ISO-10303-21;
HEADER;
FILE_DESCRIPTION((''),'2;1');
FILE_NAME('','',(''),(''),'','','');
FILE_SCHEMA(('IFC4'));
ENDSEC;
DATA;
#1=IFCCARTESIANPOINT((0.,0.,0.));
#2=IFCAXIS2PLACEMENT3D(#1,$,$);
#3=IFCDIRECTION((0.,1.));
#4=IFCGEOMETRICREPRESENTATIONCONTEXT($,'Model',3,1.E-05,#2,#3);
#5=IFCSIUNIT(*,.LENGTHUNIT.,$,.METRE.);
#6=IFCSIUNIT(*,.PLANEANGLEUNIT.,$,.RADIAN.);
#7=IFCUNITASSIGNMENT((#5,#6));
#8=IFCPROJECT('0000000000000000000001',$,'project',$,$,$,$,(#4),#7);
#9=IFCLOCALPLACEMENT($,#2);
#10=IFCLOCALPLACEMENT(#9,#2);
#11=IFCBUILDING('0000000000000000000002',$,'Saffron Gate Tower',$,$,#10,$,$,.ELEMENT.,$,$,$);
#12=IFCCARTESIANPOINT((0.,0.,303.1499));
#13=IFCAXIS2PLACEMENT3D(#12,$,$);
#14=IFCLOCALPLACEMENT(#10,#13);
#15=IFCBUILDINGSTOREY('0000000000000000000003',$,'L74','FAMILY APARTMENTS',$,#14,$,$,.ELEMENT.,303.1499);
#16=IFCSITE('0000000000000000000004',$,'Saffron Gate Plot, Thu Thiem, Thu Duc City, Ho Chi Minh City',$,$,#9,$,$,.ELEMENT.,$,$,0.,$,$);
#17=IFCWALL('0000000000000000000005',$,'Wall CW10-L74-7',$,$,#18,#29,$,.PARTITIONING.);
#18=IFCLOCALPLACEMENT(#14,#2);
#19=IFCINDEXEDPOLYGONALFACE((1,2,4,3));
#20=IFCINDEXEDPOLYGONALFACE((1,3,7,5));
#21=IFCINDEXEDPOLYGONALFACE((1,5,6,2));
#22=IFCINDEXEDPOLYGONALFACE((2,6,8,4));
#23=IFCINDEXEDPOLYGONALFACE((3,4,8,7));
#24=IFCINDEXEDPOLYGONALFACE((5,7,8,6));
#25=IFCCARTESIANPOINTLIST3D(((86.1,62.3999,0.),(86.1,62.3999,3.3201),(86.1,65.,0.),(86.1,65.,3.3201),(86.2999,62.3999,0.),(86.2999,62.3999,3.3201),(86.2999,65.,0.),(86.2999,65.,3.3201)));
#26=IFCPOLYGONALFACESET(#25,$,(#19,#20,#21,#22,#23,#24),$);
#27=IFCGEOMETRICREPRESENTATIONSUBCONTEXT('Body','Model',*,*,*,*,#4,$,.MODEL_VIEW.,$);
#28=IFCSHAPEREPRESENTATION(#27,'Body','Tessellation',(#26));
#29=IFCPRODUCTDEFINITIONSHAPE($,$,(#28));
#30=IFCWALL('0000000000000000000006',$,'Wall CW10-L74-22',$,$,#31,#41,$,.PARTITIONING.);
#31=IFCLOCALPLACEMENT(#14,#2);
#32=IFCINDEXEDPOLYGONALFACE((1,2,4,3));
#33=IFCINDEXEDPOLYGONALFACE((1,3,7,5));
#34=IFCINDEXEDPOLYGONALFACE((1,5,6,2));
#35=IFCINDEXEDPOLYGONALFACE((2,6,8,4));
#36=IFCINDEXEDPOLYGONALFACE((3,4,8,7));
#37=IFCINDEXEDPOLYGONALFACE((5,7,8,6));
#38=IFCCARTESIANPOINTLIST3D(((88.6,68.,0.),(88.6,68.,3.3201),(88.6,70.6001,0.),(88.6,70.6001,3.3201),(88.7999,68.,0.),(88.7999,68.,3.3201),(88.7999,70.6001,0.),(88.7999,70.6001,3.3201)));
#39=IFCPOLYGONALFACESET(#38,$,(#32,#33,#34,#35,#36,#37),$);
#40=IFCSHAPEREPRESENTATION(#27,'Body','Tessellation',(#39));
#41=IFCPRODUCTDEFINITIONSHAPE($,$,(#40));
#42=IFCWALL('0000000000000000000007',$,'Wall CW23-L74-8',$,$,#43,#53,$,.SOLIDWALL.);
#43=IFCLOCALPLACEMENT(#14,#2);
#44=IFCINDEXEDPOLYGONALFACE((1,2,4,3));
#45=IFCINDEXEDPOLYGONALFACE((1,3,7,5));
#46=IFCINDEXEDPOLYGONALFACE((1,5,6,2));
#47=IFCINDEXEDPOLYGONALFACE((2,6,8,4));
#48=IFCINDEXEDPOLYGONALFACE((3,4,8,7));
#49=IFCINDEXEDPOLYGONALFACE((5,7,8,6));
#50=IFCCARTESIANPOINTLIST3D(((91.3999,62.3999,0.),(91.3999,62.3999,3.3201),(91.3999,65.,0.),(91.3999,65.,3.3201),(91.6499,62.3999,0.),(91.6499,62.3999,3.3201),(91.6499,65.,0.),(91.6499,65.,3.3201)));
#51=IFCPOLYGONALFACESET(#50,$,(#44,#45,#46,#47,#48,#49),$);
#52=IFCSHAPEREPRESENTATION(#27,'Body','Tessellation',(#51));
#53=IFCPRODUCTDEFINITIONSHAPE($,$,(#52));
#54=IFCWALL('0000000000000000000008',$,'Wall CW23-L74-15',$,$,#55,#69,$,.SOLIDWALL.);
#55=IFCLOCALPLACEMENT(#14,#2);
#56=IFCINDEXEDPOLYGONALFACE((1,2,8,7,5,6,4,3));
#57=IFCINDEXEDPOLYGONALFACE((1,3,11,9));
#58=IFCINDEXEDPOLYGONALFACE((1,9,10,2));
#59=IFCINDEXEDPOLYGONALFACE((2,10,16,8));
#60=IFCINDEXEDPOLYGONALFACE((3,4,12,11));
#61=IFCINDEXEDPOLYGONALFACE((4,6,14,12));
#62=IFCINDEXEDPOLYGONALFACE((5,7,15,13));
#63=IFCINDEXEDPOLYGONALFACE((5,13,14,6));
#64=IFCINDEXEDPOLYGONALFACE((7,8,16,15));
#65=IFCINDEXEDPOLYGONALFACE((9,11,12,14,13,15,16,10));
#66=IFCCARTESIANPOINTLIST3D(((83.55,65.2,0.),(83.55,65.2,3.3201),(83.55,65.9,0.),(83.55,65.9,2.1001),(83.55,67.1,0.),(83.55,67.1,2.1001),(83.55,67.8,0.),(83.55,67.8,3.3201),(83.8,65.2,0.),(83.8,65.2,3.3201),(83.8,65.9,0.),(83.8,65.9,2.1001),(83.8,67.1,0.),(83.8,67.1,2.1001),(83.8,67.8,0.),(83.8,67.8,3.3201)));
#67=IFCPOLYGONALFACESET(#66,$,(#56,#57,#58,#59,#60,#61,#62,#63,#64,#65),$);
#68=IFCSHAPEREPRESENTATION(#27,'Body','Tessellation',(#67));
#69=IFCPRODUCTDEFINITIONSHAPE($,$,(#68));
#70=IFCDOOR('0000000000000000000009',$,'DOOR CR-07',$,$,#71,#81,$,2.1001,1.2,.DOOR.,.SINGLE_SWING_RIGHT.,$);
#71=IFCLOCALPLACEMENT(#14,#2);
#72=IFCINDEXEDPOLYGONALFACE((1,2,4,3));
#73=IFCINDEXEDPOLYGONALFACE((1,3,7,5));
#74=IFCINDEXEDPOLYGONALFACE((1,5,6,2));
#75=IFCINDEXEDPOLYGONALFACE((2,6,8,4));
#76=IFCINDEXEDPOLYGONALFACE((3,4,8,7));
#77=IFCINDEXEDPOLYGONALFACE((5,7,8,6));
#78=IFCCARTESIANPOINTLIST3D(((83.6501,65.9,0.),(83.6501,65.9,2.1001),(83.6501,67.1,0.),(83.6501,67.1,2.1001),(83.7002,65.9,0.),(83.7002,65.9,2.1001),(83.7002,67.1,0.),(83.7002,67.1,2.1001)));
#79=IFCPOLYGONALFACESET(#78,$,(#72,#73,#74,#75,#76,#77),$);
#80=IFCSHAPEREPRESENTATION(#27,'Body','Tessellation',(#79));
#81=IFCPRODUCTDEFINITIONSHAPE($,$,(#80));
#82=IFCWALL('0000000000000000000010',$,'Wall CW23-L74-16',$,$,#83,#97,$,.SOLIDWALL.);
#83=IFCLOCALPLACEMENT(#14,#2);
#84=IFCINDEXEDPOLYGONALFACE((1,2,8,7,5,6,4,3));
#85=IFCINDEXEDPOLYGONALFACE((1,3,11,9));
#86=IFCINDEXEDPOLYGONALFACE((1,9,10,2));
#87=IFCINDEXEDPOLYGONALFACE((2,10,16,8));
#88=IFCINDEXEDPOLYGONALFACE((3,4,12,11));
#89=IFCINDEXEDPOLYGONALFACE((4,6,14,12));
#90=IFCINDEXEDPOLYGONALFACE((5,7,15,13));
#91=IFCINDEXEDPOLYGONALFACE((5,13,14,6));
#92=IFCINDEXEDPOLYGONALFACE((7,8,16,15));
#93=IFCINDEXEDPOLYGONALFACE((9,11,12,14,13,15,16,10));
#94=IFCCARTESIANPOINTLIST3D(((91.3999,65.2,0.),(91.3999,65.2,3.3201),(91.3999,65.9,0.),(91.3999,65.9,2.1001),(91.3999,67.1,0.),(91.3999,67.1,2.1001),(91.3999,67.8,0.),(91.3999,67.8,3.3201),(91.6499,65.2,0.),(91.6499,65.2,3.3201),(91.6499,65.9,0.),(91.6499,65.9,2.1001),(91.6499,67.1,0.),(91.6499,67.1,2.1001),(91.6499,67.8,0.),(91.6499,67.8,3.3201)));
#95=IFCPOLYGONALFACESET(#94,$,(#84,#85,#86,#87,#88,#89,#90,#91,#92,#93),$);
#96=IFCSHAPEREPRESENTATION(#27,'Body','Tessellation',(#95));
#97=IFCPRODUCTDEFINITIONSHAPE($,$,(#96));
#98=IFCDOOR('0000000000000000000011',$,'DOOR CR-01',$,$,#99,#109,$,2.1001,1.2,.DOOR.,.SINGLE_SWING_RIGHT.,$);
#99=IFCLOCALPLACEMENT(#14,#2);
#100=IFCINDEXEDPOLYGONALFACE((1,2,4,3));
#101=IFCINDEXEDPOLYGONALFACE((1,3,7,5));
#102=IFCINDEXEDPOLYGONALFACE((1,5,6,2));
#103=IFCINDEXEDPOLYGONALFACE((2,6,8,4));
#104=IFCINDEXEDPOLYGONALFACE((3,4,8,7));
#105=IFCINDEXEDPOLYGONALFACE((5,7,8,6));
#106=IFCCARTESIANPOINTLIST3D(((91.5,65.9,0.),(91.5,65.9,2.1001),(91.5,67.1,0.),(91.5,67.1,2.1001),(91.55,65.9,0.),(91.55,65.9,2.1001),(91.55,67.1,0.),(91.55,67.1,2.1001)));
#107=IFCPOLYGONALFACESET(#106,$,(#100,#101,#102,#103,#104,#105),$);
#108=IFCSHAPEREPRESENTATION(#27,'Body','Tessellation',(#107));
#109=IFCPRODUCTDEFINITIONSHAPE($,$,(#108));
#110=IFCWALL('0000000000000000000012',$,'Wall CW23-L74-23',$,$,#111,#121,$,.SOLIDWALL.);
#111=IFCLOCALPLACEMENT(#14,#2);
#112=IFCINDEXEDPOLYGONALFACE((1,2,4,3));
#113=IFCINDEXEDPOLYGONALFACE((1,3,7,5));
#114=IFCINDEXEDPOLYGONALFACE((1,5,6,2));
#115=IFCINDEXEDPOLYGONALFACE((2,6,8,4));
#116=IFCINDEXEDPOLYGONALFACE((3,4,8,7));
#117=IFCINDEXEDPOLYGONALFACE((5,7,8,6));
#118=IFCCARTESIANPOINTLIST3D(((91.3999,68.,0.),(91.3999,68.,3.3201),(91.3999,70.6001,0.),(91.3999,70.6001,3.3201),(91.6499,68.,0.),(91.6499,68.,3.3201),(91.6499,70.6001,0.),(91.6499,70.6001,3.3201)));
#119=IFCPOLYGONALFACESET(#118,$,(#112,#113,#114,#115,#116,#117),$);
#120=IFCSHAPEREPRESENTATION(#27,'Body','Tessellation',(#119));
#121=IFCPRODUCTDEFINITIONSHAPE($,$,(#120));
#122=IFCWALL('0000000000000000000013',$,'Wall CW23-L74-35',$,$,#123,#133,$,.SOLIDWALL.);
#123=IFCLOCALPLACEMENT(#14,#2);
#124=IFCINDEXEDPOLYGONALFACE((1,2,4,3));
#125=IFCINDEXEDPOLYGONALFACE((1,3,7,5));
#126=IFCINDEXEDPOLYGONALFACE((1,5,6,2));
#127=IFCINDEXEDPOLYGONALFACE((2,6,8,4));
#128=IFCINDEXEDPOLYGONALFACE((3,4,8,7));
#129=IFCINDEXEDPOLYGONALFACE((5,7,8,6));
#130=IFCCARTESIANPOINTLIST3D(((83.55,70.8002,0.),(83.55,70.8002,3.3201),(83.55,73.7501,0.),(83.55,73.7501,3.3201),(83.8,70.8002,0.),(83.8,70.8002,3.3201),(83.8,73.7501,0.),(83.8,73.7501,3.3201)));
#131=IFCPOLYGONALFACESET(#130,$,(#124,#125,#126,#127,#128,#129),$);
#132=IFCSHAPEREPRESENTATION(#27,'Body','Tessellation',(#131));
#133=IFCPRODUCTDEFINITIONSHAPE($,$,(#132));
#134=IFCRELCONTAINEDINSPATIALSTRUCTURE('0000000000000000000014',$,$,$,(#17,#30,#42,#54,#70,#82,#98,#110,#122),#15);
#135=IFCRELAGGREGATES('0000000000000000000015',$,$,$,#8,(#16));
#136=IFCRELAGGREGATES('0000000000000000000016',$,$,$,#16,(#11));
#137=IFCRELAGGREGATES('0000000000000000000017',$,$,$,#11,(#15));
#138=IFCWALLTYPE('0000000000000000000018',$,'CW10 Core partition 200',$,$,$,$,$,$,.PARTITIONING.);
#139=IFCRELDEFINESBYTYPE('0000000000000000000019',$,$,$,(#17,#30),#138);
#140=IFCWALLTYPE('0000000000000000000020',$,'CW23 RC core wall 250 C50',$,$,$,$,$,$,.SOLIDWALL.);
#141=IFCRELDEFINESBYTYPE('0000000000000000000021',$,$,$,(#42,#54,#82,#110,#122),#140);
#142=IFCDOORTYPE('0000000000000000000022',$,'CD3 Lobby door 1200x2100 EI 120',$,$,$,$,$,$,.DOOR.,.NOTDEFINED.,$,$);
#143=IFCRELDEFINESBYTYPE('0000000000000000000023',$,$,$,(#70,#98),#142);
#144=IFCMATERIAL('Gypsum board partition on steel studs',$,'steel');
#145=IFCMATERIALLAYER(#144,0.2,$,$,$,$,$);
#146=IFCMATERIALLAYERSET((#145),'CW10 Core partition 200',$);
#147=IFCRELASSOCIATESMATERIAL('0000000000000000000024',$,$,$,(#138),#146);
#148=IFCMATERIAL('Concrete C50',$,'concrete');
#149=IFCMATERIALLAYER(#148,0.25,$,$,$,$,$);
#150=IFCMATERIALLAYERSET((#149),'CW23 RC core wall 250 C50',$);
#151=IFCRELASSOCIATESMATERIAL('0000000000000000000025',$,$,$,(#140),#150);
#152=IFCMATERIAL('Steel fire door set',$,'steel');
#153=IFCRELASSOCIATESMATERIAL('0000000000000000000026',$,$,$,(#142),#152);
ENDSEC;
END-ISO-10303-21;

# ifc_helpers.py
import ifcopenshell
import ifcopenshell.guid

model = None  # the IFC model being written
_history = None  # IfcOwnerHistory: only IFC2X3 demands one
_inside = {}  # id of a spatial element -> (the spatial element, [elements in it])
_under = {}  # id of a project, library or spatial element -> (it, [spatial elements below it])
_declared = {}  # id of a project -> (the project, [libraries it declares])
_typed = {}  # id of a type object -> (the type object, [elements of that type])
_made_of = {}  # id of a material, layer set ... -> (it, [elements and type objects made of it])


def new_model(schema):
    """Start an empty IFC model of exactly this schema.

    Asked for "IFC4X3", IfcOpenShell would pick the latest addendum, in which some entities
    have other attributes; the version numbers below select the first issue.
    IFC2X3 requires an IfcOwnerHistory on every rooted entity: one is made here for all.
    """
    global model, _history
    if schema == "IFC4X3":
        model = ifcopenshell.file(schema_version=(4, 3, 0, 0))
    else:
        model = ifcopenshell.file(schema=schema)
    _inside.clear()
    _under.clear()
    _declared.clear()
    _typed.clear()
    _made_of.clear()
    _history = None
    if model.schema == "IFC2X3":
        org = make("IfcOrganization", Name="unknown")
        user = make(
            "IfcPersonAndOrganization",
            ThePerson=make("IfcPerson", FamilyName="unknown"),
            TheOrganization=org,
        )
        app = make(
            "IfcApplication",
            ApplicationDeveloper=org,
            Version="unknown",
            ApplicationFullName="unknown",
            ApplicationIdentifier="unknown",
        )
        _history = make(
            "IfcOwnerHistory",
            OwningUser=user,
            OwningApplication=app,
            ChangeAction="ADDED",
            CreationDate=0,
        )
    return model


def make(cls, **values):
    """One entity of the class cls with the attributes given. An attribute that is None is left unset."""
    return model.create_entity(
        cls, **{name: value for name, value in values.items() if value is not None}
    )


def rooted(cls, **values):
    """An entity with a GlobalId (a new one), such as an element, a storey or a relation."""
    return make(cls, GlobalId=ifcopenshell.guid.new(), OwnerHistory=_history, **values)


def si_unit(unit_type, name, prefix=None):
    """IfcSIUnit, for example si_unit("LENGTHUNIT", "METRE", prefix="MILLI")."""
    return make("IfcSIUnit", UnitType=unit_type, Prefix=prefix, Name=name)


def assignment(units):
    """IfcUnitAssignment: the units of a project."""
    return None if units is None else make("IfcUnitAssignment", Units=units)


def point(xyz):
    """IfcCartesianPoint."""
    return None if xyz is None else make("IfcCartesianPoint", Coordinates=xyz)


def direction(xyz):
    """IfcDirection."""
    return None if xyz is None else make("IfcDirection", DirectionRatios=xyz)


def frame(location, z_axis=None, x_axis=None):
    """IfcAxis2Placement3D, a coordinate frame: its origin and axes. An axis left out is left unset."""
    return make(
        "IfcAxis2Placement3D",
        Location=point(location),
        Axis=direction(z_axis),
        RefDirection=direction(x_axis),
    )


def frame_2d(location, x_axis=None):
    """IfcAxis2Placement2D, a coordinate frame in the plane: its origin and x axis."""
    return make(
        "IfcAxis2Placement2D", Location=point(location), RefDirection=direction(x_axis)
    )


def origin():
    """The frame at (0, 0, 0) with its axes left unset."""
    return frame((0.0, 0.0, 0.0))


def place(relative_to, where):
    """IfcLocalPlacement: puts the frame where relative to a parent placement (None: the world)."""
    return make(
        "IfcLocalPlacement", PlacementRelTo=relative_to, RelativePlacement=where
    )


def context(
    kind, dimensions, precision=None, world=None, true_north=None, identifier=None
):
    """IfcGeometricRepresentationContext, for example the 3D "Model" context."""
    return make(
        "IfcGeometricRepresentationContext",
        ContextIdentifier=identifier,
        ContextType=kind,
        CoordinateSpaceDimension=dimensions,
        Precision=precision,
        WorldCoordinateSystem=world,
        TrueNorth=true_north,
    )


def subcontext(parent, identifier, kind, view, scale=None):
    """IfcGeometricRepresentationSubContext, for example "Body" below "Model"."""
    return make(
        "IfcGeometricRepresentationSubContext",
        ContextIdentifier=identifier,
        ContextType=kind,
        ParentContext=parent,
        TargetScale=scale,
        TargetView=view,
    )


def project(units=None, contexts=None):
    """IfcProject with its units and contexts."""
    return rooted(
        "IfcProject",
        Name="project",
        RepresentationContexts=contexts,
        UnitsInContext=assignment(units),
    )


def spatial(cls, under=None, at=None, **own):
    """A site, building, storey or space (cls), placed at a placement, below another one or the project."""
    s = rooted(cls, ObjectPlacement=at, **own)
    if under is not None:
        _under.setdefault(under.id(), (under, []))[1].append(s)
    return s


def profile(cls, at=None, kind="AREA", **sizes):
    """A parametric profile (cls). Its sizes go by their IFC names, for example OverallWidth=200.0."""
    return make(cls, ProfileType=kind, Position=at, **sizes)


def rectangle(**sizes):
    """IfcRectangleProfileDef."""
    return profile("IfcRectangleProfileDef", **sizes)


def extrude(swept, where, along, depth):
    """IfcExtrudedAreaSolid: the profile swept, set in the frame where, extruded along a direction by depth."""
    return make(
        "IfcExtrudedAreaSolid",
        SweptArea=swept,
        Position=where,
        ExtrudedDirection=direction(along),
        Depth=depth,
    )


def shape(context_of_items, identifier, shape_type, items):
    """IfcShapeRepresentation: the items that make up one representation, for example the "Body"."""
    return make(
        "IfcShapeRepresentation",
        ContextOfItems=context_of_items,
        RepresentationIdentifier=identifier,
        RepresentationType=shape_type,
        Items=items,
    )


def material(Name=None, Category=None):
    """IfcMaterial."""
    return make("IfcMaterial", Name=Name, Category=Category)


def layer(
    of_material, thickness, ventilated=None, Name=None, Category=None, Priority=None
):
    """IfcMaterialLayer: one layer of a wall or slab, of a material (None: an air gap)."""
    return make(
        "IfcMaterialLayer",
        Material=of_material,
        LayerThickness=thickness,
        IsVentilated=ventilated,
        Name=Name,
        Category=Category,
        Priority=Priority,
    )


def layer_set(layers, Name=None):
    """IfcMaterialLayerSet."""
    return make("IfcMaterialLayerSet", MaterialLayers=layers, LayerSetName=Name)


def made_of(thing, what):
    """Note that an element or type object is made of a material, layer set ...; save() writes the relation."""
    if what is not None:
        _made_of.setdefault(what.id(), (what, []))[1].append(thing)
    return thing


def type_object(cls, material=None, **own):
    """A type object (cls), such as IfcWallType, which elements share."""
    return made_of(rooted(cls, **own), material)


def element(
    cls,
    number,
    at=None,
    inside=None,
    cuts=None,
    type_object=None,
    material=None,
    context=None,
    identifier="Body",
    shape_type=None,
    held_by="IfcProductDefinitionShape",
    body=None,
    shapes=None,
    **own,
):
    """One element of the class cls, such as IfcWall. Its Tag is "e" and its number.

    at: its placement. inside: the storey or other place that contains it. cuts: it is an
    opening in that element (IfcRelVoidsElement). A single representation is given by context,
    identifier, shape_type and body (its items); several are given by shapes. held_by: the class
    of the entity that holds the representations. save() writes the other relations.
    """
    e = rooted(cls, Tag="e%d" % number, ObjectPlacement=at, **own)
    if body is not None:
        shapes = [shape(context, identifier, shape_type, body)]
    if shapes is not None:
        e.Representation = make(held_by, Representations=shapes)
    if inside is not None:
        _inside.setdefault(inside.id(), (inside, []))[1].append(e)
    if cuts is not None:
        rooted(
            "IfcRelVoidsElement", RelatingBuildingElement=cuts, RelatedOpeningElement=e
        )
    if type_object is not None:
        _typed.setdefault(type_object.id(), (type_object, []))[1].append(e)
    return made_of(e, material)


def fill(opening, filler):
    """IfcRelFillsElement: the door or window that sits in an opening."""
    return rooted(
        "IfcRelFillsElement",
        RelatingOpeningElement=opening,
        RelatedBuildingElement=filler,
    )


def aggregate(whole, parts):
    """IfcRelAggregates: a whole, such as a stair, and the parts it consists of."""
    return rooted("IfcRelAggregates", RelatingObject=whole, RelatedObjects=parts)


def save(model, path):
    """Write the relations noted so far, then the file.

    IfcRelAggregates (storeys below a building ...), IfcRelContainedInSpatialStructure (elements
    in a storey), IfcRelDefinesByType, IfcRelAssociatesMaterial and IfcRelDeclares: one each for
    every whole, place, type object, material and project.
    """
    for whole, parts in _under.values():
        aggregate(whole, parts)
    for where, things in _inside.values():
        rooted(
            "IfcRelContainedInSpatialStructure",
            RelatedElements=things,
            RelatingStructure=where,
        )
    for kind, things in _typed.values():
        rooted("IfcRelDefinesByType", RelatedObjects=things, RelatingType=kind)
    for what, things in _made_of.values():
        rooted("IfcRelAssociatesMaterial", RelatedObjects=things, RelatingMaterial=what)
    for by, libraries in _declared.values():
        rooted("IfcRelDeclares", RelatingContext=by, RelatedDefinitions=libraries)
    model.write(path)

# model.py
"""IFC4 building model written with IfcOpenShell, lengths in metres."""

from ifc_helpers import new_model, si_unit, direction, frame, frame_2d, origin, place, context, subcontext, project, spatial, rectangle, extrude, material, layer, layer_set, type_object, element, fill, save


model = new_model("IFC4")

# Units and contexts
model_context = context("Model", 3, precision=1e-05, world=origin(), true_north=direction((0.0, 1.0)))
body_context = subcontext(model_context, "Body", "Model", "MODEL_VIEW")
ifc_project = project(units=[si_unit("LENGTHUNIT", "METRE"), si_unit("PLANEANGLEUNIT", "RADIAN")], contexts=[model_context])

# Site, building, storey
site_placement = place(None, origin())
site = spatial("IfcSite", under=ifc_project, at=site_placement, Name="Saffron Gate Plot, Thu Thiem, Thu Duc City, Ho Chi Minh City", CompositionType="ELEMENT", RefElevation=0.0)
building_placement = place(site_placement, origin())
building = spatial("IfcBuilding", under=site, at=building_placement, Name="Saffron Gate Tower", CompositionType="ELEMENT")
storey_placement = place(building_placement, frame((0.0, 0.0, 303.1499)))
storey = spatial("IfcBuildingStorey", under=building, at=storey_placement, Name="L74", Description="FAMILY APARTMENTS", CompositionType="ELEMENT", Elevation=303.1499)

# Walls
ifc_material_1 = material(Name="Gypsum board partition on steel studs", Category="steel")
ifc_layer_1 = layer(ifc_material_1, 0.2)
ifc_layer_set_1 = layer_set([ifc_layer_1], Name="CW10 Core partition 200")
wall_type_1 = type_object("IfcWallType", Name="CW10 Core partition 200", PredefinedType="PARTITIONING", material=ifc_layer_set_1)
for number, where, z_axis, x_axis, name in (
    (1, (86.2, 62.3999, 0.0), (0.0, 0.0, 1.0), (0.0, 1.0, 0.0), "Wall CW10-L74-7"),
    (2, (88.7, 68.0, 0.0), (0.0, 0.0, 1.0), (0.0, 1.0, 0.0), "Wall CW10-L74-22"),
):
    element("IfcWall", number, at=place(storey_placement, frame(where, z_axis=z_axis, x_axis=x_axis)), inside=storey, type_object=wall_type_1, Name=name, PredefinedType="PARTITIONING", context=body_context, shape_type="SweptSolid", body=[
        extrude(rectangle(XDim=2.6001, YDim=0.2, at=frame_2d((1.3, 0.0))), origin(), (0.0, 0.0, 1.0), 3.3201),
    ])
ifc_material_2 = material(Name="Concrete C50", Category="concrete")
ifc_layer_2 = layer(ifc_material_2, 0.25)
ifc_layer_set_2 = layer_set([ifc_layer_2], Name="CW23 RC core wall 250 C50")
wall_type_2 = type_object("IfcWallType", Name="CW23 RC core wall 250 C50", PredefinedType="SOLIDWALL", material=ifc_layer_set_2)
wall_1_placement = place(storey_placement, frame((91.5249, 62.3999, 0.0), z_axis=(0.0, 0.0, 1.0), x_axis=(0.0, 1.0, 0.0)))
element("IfcWall", 3, at=wall_1_placement, inside=storey, type_object=wall_type_2, Name="Wall CW23-L74-8", PredefinedType="SOLIDWALL", context=body_context, shape_type="SweptSolid", body=[
    extrude(rectangle(XDim=2.6001, YDim=0.25, at=frame_2d((1.3, 0.0))), origin(), (0.0, 0.0, 1.0), 3.3201),
])

# Walls, openings, doors
wall_2_placement = place(storey_placement, frame((83.675, 65.2, 0.0), z_axis=(0.0, 0.0, 1.0), x_axis=(0.0, 1.0, 0.0)))
wall_2 = element("IfcWall", 4, at=wall_2_placement, inside=storey, type_object=wall_type_2, Name="Wall CW23-L74-15", PredefinedType="SOLIDWALL", context=body_context, shape_type="SweptSolid", body=[
    extrude(rectangle(XDim=2.6001, YDim=0.25, at=frame_2d((1.3, 0.0))), origin(), (0.0, 0.0, 1.0), 3.3201),
])
opening_1_placement = place(wall_2_placement, frame((0.7, 0.0, 0.0)))
opening_1 = element("IfcOpeningElement", 5, at=opening_1_placement, cuts=wall_2, PredefinedType="OPENING", context=body_context, shape_type="SweptSolid", body=[
    extrude(rectangle(XDim=1.2, YDim=2.1001, at=frame_2d((0.6001, 1.05))), frame((0.0, 0.135, 0.0), z_axis=(0.0, -1.0, 0.0), x_axis=(1.0, 0.0, 0.0)), (0.0, 0.0, 1.0), 0.27),
])
ifc_material_3 = material(Name="Steel fire door set", Category="steel")
door_type_1 = type_object("IfcDoorType", Name="CD3 Lobby door 1200x2100 EI 120", OperationType="NOTDEFINED", PredefinedType="DOOR", material=ifc_material_3)
door_1_placement = place(opening_1_placement, origin())
door_1 = element("IfcDoor", 6, at=door_1_placement, inside=storey, type_object=door_type_1, Name="DOOR CR-07", OperationType="SINGLE_SWING_RIGHT", OverallHeight=2.1001, OverallWidth=1.2, PredefinedType="DOOR", context=body_context, shape_type="SweptSolid", body=[
    extrude(rectangle(XDim=1.2, YDim=2.1001, at=frame_2d((0.6001, 1.05))), frame((0.0, 0.0249, 0.0), z_axis=(0.0, -1.0, 0.0), x_axis=(1.0, 0.0, 0.0)), (0.0, 0.0, 1.0), 0.05),
])
fill(opening_1, door_1)
wall_3_placement = place(storey_placement, frame((91.5249, 65.2, 0.0), z_axis=(0.0, 0.0, 1.0), x_axis=(0.0, 1.0, 0.0)))
wall_3 = element("IfcWall", 7, at=wall_3_placement, inside=storey, type_object=wall_type_2, Name="Wall CW23-L74-16", PredefinedType="SOLIDWALL", context=body_context, shape_type="SweptSolid", body=[
    extrude(rectangle(XDim=2.6001, YDim=0.25, at=frame_2d((1.3, 0.0))), origin(), (0.0, 0.0, 1.0), 3.3201),
])
opening_2_placement = place(wall_3_placement, frame((0.7, 0.0, 0.0)))
opening_2 = element("IfcOpeningElement", 8, at=opening_2_placement, cuts=wall_3, PredefinedType="OPENING", context=body_context, shape_type="SweptSolid", body=[
    extrude(rectangle(XDim=1.2, YDim=2.1001, at=frame_2d((0.6001, 1.05))), frame((0.0, 0.135, 0.0), z_axis=(0.0, -1.0, 0.0), x_axis=(1.0, 0.0, 0.0)), (0.0, 0.0, 1.0), 0.27),
])
door_2_placement = place(opening_2_placement, origin())
door_2 = element("IfcDoor", 9, at=door_2_placement, inside=storey, type_object=door_type_1, Name="DOOR CR-01", OperationType="SINGLE_SWING_RIGHT", OverallHeight=2.1001, OverallWidth=1.2, PredefinedType="DOOR", context=body_context, shape_type="SweptSolid", body=[
    extrude(rectangle(XDim=1.2, YDim=2.1001, at=frame_2d((0.6001, 1.05))), frame((0.0, 0.0249, 0.0), z_axis=(0.0, -1.0, 0.0), x_axis=(1.0, 0.0, 0.0)), (0.0, 0.0, 1.0), 0.05),
])
fill(opening_2, door_2)

# Walls
wall_4_placement = place(storey_placement, frame((91.5249, 68.0, 0.0), z_axis=(0.0, 0.0, 1.0), x_axis=(0.0, 1.0, 0.0)))
element("IfcWall", 10, at=wall_4_placement, inside=storey, type_object=wall_type_2, Name="Wall CW23-L74-23", PredefinedType="SOLIDWALL", context=body_context, shape_type="SweptSolid", body=[
    extrude(rectangle(XDim=2.6001, YDim=0.25, at=frame_2d((1.3, 0.0))), origin(), (0.0, 0.0, 1.0), 3.3201),
])
wall_5_placement = place(storey_placement, frame((83.675, 70.8, 0.0), z_axis=(0.0, 0.0, 1.0), x_axis=(0.0, 1.0, 0.0)))
element("IfcWall", 11, at=wall_5_placement, inside=storey, type_object=wall_type_2, Name="Wall CW23-L74-35", PredefinedType="SOLIDWALL", context=body_context, shape_type="SweptSolid", body=[
    extrude(rectangle(XDim=2.95, YDim=0.25, at=frame_2d((1.4751, 0.0))), origin(), (0.0, 0.0, 1.0), 3.3201),
])

save(model, "model.ifc")
